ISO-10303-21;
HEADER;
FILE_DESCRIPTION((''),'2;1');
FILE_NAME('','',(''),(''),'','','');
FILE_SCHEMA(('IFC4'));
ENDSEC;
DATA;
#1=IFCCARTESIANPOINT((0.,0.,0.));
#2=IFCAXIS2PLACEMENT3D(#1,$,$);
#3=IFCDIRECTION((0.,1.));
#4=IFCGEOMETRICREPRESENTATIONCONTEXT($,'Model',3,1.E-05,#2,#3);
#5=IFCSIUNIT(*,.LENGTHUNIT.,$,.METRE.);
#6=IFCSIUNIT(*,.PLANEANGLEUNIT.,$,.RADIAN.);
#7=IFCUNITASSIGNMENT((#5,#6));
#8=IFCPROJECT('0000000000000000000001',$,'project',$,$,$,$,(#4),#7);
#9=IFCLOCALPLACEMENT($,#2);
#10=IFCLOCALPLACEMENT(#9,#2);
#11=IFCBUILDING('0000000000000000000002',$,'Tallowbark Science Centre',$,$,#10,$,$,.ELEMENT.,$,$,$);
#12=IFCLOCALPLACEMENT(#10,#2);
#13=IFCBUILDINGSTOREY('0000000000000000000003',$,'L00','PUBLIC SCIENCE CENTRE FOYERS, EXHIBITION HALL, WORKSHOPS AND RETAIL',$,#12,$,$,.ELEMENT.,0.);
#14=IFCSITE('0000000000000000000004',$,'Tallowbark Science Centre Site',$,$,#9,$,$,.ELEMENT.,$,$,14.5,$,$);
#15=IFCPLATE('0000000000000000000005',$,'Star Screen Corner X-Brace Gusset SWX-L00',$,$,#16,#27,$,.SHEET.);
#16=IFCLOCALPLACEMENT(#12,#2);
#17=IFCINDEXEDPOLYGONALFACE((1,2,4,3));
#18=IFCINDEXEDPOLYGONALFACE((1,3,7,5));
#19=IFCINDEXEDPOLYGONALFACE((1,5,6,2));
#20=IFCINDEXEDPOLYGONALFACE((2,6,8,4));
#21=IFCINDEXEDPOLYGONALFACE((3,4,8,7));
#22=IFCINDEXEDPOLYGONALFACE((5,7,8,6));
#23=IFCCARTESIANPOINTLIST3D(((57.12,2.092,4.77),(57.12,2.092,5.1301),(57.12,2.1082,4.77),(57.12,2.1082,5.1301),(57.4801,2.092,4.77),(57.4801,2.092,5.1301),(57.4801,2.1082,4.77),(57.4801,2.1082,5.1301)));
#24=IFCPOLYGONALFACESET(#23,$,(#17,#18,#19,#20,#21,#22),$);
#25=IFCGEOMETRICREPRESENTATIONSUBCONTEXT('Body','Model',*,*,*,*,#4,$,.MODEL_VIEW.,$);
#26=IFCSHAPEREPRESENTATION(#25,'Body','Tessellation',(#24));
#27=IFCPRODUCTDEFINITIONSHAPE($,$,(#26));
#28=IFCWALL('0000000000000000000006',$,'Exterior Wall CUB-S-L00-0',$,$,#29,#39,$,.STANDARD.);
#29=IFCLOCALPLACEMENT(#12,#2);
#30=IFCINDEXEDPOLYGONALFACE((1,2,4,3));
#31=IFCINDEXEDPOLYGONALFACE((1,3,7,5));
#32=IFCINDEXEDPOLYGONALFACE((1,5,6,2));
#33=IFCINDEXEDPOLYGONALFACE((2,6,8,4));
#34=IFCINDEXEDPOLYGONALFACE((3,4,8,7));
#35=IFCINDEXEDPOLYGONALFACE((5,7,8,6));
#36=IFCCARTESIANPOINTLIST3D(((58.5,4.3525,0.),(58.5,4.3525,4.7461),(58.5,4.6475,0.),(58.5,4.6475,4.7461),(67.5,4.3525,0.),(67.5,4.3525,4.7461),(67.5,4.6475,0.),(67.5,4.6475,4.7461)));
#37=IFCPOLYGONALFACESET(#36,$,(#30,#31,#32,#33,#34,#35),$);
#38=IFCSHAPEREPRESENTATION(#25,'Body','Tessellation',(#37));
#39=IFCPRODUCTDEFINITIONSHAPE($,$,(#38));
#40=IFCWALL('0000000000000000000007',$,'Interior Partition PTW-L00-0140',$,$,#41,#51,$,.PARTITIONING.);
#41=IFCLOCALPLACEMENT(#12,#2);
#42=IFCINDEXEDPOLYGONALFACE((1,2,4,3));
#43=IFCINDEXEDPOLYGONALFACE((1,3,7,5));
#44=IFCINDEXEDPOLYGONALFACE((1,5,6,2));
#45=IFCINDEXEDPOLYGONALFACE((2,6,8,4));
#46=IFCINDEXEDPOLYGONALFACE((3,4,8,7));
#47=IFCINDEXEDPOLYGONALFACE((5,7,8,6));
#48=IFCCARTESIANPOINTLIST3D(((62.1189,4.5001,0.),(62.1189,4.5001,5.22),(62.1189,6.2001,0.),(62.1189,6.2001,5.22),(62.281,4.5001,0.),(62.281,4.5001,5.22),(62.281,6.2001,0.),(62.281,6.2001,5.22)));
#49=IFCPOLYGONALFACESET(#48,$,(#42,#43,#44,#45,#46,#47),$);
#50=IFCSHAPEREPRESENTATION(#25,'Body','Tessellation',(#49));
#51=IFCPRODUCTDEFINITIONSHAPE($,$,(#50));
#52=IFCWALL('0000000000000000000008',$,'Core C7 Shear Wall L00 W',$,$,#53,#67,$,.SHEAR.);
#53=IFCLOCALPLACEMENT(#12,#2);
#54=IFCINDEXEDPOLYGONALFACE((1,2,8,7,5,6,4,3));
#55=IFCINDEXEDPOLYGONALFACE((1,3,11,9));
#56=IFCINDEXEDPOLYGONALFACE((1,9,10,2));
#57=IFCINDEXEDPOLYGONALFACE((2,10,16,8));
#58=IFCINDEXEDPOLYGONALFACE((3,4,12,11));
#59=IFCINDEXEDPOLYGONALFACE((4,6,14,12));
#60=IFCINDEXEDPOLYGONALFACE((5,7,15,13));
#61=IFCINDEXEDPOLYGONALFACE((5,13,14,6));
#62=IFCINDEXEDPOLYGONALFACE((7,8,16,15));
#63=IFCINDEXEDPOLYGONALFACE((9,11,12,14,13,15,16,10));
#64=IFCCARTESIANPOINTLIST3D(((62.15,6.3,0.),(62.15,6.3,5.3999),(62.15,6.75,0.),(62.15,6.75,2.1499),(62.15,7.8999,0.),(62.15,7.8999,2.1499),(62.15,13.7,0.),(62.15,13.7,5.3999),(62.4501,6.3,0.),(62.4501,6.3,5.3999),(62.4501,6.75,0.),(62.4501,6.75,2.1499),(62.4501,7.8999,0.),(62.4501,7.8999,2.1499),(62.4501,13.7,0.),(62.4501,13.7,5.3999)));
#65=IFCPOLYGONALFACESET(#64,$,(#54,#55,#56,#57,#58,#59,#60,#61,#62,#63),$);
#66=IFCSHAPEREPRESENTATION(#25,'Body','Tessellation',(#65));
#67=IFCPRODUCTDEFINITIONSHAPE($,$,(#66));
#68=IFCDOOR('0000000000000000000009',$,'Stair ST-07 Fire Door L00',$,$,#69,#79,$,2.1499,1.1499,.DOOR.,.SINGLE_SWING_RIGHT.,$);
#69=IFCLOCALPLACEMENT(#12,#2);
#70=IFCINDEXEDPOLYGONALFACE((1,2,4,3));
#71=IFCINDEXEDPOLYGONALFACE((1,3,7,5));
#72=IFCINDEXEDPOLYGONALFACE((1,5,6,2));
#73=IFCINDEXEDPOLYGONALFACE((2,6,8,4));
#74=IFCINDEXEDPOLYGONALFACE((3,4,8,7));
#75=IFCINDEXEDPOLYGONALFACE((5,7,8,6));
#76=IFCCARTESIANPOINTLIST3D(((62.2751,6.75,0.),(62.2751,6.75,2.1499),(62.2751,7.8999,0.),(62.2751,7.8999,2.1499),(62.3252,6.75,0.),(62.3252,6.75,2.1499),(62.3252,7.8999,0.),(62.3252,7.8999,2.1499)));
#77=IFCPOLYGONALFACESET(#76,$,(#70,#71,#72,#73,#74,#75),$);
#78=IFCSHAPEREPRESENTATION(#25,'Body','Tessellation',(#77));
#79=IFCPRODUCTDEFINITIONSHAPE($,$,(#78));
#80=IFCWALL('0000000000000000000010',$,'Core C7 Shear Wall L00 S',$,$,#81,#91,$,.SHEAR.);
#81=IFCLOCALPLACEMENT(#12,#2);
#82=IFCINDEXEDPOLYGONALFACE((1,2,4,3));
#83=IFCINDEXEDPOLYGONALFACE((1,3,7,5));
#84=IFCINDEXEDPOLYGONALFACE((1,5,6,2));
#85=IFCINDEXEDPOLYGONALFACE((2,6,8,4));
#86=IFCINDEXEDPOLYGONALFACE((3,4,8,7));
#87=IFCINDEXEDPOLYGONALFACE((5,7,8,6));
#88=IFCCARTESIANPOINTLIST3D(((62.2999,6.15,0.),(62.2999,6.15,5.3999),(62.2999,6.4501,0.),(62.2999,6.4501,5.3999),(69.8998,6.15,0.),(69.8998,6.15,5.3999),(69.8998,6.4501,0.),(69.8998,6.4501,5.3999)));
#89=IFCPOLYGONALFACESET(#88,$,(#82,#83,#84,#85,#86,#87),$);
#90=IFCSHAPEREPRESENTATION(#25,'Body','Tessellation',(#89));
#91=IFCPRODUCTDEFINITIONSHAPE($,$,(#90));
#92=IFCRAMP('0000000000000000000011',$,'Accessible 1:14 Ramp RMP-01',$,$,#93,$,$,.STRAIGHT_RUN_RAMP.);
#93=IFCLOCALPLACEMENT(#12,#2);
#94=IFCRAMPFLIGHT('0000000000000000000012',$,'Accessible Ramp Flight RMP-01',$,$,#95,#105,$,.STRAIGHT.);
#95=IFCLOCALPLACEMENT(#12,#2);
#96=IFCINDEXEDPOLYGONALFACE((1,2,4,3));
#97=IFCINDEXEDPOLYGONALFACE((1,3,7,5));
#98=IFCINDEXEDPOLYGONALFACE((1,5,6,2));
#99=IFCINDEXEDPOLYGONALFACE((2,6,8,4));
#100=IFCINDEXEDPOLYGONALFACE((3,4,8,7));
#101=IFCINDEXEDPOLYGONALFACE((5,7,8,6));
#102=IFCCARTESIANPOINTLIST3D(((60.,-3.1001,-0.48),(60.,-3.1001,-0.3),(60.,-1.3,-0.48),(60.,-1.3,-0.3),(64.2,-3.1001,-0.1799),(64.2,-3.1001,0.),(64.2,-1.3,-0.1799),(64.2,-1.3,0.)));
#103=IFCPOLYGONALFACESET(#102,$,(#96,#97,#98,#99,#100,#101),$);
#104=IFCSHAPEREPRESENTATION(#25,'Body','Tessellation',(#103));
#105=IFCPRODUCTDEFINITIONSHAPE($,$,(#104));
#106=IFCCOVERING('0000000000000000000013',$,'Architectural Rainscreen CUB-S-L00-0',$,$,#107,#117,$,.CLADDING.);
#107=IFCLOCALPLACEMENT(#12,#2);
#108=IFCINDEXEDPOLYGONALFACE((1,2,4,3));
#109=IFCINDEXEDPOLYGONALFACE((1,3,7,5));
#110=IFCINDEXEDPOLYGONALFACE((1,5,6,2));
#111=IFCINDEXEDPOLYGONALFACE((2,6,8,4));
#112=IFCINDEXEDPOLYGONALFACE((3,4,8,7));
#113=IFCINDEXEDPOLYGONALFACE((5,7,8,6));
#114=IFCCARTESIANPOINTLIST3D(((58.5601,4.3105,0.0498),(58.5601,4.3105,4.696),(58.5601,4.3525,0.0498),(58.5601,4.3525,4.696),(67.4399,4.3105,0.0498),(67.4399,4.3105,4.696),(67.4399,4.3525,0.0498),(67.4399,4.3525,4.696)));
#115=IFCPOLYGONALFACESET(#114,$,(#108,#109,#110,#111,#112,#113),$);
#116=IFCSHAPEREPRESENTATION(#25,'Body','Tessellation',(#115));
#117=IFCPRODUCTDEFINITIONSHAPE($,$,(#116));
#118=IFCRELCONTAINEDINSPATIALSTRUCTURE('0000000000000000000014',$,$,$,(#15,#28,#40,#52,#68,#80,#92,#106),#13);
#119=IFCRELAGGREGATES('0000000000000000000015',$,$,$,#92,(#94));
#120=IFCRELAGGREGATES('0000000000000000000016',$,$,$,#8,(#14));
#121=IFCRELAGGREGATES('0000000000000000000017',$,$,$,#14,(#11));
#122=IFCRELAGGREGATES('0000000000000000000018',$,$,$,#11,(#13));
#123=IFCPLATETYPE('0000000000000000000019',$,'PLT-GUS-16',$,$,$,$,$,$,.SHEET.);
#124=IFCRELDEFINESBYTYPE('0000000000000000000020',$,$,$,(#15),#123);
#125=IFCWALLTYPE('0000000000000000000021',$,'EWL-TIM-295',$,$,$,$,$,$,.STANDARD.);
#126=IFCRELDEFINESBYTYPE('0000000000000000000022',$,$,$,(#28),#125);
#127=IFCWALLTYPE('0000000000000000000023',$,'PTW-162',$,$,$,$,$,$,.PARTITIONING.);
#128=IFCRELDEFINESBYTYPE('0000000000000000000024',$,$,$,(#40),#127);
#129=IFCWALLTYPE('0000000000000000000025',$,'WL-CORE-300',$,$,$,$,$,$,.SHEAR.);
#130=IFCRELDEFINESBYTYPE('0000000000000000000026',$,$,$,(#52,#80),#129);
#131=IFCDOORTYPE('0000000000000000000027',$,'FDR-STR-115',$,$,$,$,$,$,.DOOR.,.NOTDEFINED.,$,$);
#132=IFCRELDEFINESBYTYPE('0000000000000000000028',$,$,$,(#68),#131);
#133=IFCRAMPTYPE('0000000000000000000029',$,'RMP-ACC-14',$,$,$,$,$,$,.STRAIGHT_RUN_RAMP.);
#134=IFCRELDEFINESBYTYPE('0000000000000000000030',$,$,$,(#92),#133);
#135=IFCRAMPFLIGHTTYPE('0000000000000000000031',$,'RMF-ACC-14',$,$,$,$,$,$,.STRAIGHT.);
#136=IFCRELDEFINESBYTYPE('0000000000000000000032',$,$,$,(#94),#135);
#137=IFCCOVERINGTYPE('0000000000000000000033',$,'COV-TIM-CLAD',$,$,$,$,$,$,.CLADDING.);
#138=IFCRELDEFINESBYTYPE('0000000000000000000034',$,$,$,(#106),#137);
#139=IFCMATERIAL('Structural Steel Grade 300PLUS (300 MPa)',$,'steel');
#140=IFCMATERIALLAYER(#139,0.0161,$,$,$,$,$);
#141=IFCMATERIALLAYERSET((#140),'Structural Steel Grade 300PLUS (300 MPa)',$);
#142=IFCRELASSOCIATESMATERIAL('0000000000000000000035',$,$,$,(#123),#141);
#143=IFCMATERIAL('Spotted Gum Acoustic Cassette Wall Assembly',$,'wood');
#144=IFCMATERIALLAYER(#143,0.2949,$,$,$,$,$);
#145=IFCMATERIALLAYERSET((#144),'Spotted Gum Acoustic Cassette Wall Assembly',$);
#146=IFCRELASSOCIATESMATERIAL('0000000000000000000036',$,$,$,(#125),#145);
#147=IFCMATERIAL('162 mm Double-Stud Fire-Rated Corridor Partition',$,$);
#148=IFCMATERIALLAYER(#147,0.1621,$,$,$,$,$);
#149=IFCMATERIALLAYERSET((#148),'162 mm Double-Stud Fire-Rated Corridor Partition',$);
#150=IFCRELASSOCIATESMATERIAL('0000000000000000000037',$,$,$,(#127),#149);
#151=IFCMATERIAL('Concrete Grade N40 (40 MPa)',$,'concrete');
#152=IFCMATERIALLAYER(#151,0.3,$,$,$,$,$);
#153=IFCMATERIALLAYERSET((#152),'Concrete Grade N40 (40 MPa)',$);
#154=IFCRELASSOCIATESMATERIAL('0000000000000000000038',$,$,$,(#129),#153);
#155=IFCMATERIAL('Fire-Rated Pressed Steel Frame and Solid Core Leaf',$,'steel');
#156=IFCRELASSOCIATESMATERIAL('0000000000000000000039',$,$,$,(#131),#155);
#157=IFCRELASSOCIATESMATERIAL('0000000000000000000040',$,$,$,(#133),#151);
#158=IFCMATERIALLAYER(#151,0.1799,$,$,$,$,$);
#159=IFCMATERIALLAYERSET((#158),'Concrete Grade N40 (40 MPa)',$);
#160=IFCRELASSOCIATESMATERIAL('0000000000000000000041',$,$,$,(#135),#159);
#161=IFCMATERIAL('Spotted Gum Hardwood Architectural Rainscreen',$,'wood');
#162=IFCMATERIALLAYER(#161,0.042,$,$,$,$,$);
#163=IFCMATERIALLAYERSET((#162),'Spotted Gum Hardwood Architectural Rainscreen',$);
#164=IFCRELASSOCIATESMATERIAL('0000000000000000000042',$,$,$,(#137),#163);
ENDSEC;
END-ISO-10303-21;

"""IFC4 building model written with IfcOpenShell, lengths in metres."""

from ifc_helpers import new_model, si_unit, direction, frame, frame_2d, origin, origin_2d, place, context, subcontext, project, spatial, polyline, rectangle, outline, extrude, material, layer, layer_set, type_object, element, fill, aggregate, save


model = new_model("IFC4")

# Units and contexts
model_context = context("Model", 3, precision=1e-05, world=origin(), true_north=direction((0.0, 1.0)))
body_context = subcontext(model_context, "Body", "Model", "MODEL_VIEW")
ifc_project = project(units=[si_unit("LENGTHUNIT", "METRE"), si_unit("PLANEANGLEUNIT", "RADIAN")], contexts=[model_context])

# Site, building, storey
site_placement = place(None, origin())
site = spatial("IfcSite", under=ifc_project, at=site_placement, Name="Tallowbark Science Centre Site", CompositionType="ELEMENT", RefElevation=14.5)
building_placement = place(site_placement, origin())
building = spatial("IfcBuilding", under=site, at=building_placement, Name="Tallowbark Science Centre", CompositionType="ELEMENT")
storey_placement = place(building_placement, origin())
storey = spatial("IfcBuildingStorey", under=building, at=storey_placement, Name="L00", Description="PUBLIC SCIENCE CENTRE FOYERS, EXHIBITION HALL, WORKSHOPS AND RETAIL", CompositionType="ELEMENT", Elevation=0.0)

# Shared definitions
ifc_material_1 = material(Name="Concrete Grade N40 (40 MPa)", Category="concrete")

# Shared definitions
ifc_material_2 = material(Name="Structural Steel Grade 300PLUS (300 MPa)", Category="steel")

# Plate
ifc_layer_1 = layer(ifc_material_2, 0.0161)
ifc_layer_set_1 = layer_set([ifc_layer_1], Name="Structural Steel Grade 300PLUS (300 MPa)")
plate_type_1 = type_object("IfcPlateType", Name="PLT-GUS-16", PredefinedType="SHEET", material=ifc_layer_set_1)
plate_1_placement = place(storey_placement, frame((57.3, 2.1001, 4.77), z_axis=(0.0, 0.0, 1.0), x_axis=(1.0, 0.0, 0.0)))
element("IfcPlate", 1, at=plate_1_placement, inside=storey, type_object=plate_type_1, Name="Star Screen Corner X-Brace Gusset SWX-L00", PredefinedType="SHEET", context=body_context, shape_type="SweptSolid", body=[
    extrude(rectangle(XDim=0.3601, YDim=0.0161, at=origin_2d()), origin(), (0.0, 0.0, 1.0), 0.3601),
])

# Walls
ifc_material_3 = material(Name="Spotted Gum Acoustic Cassette Wall Assembly", Category="wood")
ifc_layer_2 = layer(ifc_material_3, 0.2949)
ifc_layer_set_2 = layer_set([ifc_layer_2], Name="Spotted Gum Acoustic Cassette Wall Assembly")
wall_type_1 = type_object("IfcWallType", Name="EWL-TIM-295", PredefinedType="STANDARD", material=ifc_layer_set_2)
wall_1_placement = place(storey_placement, frame((58.5, 4.5, 0.0), z_axis=(0.0, 0.0, 1.0), x_axis=(1.0, 0.0, 0.0)))
element("IfcWall", 2, at=wall_1_placement, inside=storey, type_object=wall_type_1, Name="Exterior Wall CUB-S-L00-0", PredefinedType="STANDARD", context=body_context, shape_type="SweptSolid", body=[
    extrude(rectangle(XDim=9.0, YDim=0.2949, at=frame_2d((4.5, 0.0))), origin(), (0.0, 0.0, 1.0), 4.7461),
])
ifc_material_4 = material(Name="162 mm Double-Stud Fire-Rated Corridor Partition")
ifc_layer_3 = layer(ifc_material_4, 0.1621)
ifc_layer_set_3 = layer_set([ifc_layer_3], Name="162 mm Double-Stud Fire-Rated Corridor Partition")
wall_type_2 = type_object("IfcWallType", Name="PTW-162", PredefinedType="PARTITIONING", material=ifc_layer_set_3)
wall_2_placement = place(storey_placement, frame((62.2, 4.5, 0.0), z_axis=(0.0, 0.0, 1.0), x_axis=(0.0, 1.0, 0.0)))
element("IfcWall", 3, at=wall_2_placement, inside=storey, type_object=wall_type_2, Name="Interior Partition PTW-L00-0140", PredefinedType="PARTITIONING", context=body_context, shape_type="SweptSolid", body=[
    extrude(rectangle(XDim=1.7, YDim=0.1621, at=frame_2d((0.8501, 0.0))), origin(), (0.0, 0.0, 1.0), 5.22),
])

# Wall, opening, door
ifc_layer_4 = layer(ifc_material_1, 0.3)
ifc_layer_set_4 = layer_set([ifc_layer_4], Name="Concrete Grade N40 (40 MPa)")
wall_type_3 = type_object("IfcWallType", Name="WL-CORE-300", PredefinedType="SHEAR", material=ifc_layer_set_4)
wall_3_placement = place(storey_placement, frame((62.3, 6.3, 0.0), z_axis=(0.0, 0.0, 1.0), x_axis=(0.0, 1.0, 0.0)))
wall_3 = element("IfcWall", 4, at=wall_3_placement, inside=storey, type_object=wall_type_3, Name="Core C7 Shear Wall L00 W", PredefinedType="SHEAR", context=body_context, shape_type="SweptSolid", body=[
    extrude(rectangle(XDim=7.3999, YDim=0.3, at=frame_2d((3.7, 0.0))), origin(), (0.0, 0.0, 1.0), 5.3999),
])
opening_placement = place(wall_3_placement, frame((0.45, 0.0, 0.0)))
opening = element("IfcOpeningElement", 5, at=opening_placement, cuts=wall_3, PredefinedType="OPENING", context=body_context, shape_type="SweptSolid", body=[
    extrude(rectangle(XDim=1.1499, YDim=2.1499, at=frame_2d((0.575, 1.075))), frame((0.0, 0.1602, 0.0), z_axis=(0.0, -1.0, 0.0), x_axis=(1.0, 0.0, 0.0)), (0.0, 0.0, 1.0), 0.3201),
])
ifc_material_5 = material(Name="Fire-Rated Pressed Steel Frame and Solid Core Leaf", Category="steel")
door_type = type_object("IfcDoorType", Name="FDR-STR-115", OperationType="NOTDEFINED", PredefinedType="DOOR", material=ifc_material_5)
door_placement = place(opening_placement, origin())
door = element("IfcDoor", 6, at=door_placement, inside=storey, type_object=door_type, Name="Stair ST-07 Fire Door L00", OperationType="SINGLE_SWING_RIGHT", OverallHeight=2.1499, OverallWidth=1.1499, PredefinedType="DOOR", context=body_context, shape_type="SweptSolid", body=[
    extrude(rectangle(XDim=1.1499, YDim=2.1499, at=frame_2d((0.575, 1.075))), frame((0.0, 0.0249, 0.0), z_axis=(0.0, -1.0, 0.0), x_axis=(1.0, 0.0, 0.0)), (0.0, 0.0, 1.0), 0.05),
])
fill(opening, door)

# Wall
wall_4_placement = place(storey_placement, frame((62.3, 6.3, 0.0), z_axis=(0.0, 0.0, 1.0), x_axis=(1.0, 0.0, 0.0)))
element("IfcWall", 7, at=wall_4_placement, inside=storey, type_object=wall_type_3, Name="Core C7 Shear Wall L00 S", PredefinedType="SHEAR", context=body_context, shape_type="SweptSolid", body=[
    extrude(rectangle(XDim=7.5999, YDim=0.3, at=frame_2d((3.7998, 0.0))), origin(), (0.0, 0.0, 1.0), 5.3999),
])

# Ramp, ramp flight
ramp_type = type_object("IfcRampType", Name="RMP-ACC-14", PredefinedType="STRAIGHT_RUN_RAMP", material=ifc_material_1)
ramp_placement = place(storey_placement, origin())
ramp = element("IfcRamp", 8, at=ramp_placement, inside=storey, type_object=ramp_type, Name="Accessible 1:14 Ramp RMP-01", PredefinedType="STRAIGHT_RUN_RAMP")
ifc_layer_5 = layer(ifc_material_1, 0.1799)
ifc_layer_set_5 = layer_set([ifc_layer_5], Name="Concrete Grade N40 (40 MPa)")
ramp_flight_type = type_object("IfcRampFlightType", Name="RMF-ACC-14", PredefinedType="STRAIGHT", material=ifc_layer_set_5)
ramp_flight_placement = place(storey_placement, frame((60.0, -2.2, -0.3), z_axis=(0.0, 0.0, 1.0), x_axis=(1.0, 0.0, 0.0)))
ramp_flight = element("IfcRampFlight", 9, at=ramp_flight_placement, type_object=ramp_flight_type, Name="Accessible Ramp Flight RMP-01", PredefinedType="STRAIGHT", context=body_context, shape_type="SweptSolid", body=[
    extrude(outline(polyline([(0.0, 0.0), (0.0, -0.1799), (4.2, 0.1201), (4.2, 0.3), (0.0, 0.0)])), frame((0.0, 0.8999, 0.0), z_axis=(0.0, -1.0, 0.0), x_axis=(1.0, 0.0, 0.0)), (0.0, 0.0, 1.0), 1.8),
])
aggregate(ramp, [ramp_flight])

# Covering
ifc_material_6 = material(Name="Spotted Gum Hardwood Architectural Rainscreen", Category="wood")
ifc_layer_6 = layer(ifc_material_6, 0.042)
ifc_layer_set_6 = layer_set([ifc_layer_6], Name="Spotted Gum Hardwood Architectural Rainscreen")
covering_type = type_object("IfcCoveringType", Name="COV-TIM-CLAD", PredefinedType="CLADDING", material=ifc_layer_set_6)
covering_placement = place(storey_placement, frame((63.0, 4.3315, 0.0498), z_axis=(0.0, 0.0, 1.0), x_axis=(1.0, 0.0, 0.0)))
element("IfcCovering", 10, at=covering_placement, inside=storey, type_object=covering_type, Name="Architectural Rainscreen CUB-S-L00-0", PredefinedType="CLADDING", context=body_context, shape_type="SweptSolid", body=[
    extrude(rectangle(XDim=8.8799, YDim=0.042, at=origin_2d()), origin(), (0.0, 0.0, 1.0), 4.6462),
])

save(model, "model.ifc")
